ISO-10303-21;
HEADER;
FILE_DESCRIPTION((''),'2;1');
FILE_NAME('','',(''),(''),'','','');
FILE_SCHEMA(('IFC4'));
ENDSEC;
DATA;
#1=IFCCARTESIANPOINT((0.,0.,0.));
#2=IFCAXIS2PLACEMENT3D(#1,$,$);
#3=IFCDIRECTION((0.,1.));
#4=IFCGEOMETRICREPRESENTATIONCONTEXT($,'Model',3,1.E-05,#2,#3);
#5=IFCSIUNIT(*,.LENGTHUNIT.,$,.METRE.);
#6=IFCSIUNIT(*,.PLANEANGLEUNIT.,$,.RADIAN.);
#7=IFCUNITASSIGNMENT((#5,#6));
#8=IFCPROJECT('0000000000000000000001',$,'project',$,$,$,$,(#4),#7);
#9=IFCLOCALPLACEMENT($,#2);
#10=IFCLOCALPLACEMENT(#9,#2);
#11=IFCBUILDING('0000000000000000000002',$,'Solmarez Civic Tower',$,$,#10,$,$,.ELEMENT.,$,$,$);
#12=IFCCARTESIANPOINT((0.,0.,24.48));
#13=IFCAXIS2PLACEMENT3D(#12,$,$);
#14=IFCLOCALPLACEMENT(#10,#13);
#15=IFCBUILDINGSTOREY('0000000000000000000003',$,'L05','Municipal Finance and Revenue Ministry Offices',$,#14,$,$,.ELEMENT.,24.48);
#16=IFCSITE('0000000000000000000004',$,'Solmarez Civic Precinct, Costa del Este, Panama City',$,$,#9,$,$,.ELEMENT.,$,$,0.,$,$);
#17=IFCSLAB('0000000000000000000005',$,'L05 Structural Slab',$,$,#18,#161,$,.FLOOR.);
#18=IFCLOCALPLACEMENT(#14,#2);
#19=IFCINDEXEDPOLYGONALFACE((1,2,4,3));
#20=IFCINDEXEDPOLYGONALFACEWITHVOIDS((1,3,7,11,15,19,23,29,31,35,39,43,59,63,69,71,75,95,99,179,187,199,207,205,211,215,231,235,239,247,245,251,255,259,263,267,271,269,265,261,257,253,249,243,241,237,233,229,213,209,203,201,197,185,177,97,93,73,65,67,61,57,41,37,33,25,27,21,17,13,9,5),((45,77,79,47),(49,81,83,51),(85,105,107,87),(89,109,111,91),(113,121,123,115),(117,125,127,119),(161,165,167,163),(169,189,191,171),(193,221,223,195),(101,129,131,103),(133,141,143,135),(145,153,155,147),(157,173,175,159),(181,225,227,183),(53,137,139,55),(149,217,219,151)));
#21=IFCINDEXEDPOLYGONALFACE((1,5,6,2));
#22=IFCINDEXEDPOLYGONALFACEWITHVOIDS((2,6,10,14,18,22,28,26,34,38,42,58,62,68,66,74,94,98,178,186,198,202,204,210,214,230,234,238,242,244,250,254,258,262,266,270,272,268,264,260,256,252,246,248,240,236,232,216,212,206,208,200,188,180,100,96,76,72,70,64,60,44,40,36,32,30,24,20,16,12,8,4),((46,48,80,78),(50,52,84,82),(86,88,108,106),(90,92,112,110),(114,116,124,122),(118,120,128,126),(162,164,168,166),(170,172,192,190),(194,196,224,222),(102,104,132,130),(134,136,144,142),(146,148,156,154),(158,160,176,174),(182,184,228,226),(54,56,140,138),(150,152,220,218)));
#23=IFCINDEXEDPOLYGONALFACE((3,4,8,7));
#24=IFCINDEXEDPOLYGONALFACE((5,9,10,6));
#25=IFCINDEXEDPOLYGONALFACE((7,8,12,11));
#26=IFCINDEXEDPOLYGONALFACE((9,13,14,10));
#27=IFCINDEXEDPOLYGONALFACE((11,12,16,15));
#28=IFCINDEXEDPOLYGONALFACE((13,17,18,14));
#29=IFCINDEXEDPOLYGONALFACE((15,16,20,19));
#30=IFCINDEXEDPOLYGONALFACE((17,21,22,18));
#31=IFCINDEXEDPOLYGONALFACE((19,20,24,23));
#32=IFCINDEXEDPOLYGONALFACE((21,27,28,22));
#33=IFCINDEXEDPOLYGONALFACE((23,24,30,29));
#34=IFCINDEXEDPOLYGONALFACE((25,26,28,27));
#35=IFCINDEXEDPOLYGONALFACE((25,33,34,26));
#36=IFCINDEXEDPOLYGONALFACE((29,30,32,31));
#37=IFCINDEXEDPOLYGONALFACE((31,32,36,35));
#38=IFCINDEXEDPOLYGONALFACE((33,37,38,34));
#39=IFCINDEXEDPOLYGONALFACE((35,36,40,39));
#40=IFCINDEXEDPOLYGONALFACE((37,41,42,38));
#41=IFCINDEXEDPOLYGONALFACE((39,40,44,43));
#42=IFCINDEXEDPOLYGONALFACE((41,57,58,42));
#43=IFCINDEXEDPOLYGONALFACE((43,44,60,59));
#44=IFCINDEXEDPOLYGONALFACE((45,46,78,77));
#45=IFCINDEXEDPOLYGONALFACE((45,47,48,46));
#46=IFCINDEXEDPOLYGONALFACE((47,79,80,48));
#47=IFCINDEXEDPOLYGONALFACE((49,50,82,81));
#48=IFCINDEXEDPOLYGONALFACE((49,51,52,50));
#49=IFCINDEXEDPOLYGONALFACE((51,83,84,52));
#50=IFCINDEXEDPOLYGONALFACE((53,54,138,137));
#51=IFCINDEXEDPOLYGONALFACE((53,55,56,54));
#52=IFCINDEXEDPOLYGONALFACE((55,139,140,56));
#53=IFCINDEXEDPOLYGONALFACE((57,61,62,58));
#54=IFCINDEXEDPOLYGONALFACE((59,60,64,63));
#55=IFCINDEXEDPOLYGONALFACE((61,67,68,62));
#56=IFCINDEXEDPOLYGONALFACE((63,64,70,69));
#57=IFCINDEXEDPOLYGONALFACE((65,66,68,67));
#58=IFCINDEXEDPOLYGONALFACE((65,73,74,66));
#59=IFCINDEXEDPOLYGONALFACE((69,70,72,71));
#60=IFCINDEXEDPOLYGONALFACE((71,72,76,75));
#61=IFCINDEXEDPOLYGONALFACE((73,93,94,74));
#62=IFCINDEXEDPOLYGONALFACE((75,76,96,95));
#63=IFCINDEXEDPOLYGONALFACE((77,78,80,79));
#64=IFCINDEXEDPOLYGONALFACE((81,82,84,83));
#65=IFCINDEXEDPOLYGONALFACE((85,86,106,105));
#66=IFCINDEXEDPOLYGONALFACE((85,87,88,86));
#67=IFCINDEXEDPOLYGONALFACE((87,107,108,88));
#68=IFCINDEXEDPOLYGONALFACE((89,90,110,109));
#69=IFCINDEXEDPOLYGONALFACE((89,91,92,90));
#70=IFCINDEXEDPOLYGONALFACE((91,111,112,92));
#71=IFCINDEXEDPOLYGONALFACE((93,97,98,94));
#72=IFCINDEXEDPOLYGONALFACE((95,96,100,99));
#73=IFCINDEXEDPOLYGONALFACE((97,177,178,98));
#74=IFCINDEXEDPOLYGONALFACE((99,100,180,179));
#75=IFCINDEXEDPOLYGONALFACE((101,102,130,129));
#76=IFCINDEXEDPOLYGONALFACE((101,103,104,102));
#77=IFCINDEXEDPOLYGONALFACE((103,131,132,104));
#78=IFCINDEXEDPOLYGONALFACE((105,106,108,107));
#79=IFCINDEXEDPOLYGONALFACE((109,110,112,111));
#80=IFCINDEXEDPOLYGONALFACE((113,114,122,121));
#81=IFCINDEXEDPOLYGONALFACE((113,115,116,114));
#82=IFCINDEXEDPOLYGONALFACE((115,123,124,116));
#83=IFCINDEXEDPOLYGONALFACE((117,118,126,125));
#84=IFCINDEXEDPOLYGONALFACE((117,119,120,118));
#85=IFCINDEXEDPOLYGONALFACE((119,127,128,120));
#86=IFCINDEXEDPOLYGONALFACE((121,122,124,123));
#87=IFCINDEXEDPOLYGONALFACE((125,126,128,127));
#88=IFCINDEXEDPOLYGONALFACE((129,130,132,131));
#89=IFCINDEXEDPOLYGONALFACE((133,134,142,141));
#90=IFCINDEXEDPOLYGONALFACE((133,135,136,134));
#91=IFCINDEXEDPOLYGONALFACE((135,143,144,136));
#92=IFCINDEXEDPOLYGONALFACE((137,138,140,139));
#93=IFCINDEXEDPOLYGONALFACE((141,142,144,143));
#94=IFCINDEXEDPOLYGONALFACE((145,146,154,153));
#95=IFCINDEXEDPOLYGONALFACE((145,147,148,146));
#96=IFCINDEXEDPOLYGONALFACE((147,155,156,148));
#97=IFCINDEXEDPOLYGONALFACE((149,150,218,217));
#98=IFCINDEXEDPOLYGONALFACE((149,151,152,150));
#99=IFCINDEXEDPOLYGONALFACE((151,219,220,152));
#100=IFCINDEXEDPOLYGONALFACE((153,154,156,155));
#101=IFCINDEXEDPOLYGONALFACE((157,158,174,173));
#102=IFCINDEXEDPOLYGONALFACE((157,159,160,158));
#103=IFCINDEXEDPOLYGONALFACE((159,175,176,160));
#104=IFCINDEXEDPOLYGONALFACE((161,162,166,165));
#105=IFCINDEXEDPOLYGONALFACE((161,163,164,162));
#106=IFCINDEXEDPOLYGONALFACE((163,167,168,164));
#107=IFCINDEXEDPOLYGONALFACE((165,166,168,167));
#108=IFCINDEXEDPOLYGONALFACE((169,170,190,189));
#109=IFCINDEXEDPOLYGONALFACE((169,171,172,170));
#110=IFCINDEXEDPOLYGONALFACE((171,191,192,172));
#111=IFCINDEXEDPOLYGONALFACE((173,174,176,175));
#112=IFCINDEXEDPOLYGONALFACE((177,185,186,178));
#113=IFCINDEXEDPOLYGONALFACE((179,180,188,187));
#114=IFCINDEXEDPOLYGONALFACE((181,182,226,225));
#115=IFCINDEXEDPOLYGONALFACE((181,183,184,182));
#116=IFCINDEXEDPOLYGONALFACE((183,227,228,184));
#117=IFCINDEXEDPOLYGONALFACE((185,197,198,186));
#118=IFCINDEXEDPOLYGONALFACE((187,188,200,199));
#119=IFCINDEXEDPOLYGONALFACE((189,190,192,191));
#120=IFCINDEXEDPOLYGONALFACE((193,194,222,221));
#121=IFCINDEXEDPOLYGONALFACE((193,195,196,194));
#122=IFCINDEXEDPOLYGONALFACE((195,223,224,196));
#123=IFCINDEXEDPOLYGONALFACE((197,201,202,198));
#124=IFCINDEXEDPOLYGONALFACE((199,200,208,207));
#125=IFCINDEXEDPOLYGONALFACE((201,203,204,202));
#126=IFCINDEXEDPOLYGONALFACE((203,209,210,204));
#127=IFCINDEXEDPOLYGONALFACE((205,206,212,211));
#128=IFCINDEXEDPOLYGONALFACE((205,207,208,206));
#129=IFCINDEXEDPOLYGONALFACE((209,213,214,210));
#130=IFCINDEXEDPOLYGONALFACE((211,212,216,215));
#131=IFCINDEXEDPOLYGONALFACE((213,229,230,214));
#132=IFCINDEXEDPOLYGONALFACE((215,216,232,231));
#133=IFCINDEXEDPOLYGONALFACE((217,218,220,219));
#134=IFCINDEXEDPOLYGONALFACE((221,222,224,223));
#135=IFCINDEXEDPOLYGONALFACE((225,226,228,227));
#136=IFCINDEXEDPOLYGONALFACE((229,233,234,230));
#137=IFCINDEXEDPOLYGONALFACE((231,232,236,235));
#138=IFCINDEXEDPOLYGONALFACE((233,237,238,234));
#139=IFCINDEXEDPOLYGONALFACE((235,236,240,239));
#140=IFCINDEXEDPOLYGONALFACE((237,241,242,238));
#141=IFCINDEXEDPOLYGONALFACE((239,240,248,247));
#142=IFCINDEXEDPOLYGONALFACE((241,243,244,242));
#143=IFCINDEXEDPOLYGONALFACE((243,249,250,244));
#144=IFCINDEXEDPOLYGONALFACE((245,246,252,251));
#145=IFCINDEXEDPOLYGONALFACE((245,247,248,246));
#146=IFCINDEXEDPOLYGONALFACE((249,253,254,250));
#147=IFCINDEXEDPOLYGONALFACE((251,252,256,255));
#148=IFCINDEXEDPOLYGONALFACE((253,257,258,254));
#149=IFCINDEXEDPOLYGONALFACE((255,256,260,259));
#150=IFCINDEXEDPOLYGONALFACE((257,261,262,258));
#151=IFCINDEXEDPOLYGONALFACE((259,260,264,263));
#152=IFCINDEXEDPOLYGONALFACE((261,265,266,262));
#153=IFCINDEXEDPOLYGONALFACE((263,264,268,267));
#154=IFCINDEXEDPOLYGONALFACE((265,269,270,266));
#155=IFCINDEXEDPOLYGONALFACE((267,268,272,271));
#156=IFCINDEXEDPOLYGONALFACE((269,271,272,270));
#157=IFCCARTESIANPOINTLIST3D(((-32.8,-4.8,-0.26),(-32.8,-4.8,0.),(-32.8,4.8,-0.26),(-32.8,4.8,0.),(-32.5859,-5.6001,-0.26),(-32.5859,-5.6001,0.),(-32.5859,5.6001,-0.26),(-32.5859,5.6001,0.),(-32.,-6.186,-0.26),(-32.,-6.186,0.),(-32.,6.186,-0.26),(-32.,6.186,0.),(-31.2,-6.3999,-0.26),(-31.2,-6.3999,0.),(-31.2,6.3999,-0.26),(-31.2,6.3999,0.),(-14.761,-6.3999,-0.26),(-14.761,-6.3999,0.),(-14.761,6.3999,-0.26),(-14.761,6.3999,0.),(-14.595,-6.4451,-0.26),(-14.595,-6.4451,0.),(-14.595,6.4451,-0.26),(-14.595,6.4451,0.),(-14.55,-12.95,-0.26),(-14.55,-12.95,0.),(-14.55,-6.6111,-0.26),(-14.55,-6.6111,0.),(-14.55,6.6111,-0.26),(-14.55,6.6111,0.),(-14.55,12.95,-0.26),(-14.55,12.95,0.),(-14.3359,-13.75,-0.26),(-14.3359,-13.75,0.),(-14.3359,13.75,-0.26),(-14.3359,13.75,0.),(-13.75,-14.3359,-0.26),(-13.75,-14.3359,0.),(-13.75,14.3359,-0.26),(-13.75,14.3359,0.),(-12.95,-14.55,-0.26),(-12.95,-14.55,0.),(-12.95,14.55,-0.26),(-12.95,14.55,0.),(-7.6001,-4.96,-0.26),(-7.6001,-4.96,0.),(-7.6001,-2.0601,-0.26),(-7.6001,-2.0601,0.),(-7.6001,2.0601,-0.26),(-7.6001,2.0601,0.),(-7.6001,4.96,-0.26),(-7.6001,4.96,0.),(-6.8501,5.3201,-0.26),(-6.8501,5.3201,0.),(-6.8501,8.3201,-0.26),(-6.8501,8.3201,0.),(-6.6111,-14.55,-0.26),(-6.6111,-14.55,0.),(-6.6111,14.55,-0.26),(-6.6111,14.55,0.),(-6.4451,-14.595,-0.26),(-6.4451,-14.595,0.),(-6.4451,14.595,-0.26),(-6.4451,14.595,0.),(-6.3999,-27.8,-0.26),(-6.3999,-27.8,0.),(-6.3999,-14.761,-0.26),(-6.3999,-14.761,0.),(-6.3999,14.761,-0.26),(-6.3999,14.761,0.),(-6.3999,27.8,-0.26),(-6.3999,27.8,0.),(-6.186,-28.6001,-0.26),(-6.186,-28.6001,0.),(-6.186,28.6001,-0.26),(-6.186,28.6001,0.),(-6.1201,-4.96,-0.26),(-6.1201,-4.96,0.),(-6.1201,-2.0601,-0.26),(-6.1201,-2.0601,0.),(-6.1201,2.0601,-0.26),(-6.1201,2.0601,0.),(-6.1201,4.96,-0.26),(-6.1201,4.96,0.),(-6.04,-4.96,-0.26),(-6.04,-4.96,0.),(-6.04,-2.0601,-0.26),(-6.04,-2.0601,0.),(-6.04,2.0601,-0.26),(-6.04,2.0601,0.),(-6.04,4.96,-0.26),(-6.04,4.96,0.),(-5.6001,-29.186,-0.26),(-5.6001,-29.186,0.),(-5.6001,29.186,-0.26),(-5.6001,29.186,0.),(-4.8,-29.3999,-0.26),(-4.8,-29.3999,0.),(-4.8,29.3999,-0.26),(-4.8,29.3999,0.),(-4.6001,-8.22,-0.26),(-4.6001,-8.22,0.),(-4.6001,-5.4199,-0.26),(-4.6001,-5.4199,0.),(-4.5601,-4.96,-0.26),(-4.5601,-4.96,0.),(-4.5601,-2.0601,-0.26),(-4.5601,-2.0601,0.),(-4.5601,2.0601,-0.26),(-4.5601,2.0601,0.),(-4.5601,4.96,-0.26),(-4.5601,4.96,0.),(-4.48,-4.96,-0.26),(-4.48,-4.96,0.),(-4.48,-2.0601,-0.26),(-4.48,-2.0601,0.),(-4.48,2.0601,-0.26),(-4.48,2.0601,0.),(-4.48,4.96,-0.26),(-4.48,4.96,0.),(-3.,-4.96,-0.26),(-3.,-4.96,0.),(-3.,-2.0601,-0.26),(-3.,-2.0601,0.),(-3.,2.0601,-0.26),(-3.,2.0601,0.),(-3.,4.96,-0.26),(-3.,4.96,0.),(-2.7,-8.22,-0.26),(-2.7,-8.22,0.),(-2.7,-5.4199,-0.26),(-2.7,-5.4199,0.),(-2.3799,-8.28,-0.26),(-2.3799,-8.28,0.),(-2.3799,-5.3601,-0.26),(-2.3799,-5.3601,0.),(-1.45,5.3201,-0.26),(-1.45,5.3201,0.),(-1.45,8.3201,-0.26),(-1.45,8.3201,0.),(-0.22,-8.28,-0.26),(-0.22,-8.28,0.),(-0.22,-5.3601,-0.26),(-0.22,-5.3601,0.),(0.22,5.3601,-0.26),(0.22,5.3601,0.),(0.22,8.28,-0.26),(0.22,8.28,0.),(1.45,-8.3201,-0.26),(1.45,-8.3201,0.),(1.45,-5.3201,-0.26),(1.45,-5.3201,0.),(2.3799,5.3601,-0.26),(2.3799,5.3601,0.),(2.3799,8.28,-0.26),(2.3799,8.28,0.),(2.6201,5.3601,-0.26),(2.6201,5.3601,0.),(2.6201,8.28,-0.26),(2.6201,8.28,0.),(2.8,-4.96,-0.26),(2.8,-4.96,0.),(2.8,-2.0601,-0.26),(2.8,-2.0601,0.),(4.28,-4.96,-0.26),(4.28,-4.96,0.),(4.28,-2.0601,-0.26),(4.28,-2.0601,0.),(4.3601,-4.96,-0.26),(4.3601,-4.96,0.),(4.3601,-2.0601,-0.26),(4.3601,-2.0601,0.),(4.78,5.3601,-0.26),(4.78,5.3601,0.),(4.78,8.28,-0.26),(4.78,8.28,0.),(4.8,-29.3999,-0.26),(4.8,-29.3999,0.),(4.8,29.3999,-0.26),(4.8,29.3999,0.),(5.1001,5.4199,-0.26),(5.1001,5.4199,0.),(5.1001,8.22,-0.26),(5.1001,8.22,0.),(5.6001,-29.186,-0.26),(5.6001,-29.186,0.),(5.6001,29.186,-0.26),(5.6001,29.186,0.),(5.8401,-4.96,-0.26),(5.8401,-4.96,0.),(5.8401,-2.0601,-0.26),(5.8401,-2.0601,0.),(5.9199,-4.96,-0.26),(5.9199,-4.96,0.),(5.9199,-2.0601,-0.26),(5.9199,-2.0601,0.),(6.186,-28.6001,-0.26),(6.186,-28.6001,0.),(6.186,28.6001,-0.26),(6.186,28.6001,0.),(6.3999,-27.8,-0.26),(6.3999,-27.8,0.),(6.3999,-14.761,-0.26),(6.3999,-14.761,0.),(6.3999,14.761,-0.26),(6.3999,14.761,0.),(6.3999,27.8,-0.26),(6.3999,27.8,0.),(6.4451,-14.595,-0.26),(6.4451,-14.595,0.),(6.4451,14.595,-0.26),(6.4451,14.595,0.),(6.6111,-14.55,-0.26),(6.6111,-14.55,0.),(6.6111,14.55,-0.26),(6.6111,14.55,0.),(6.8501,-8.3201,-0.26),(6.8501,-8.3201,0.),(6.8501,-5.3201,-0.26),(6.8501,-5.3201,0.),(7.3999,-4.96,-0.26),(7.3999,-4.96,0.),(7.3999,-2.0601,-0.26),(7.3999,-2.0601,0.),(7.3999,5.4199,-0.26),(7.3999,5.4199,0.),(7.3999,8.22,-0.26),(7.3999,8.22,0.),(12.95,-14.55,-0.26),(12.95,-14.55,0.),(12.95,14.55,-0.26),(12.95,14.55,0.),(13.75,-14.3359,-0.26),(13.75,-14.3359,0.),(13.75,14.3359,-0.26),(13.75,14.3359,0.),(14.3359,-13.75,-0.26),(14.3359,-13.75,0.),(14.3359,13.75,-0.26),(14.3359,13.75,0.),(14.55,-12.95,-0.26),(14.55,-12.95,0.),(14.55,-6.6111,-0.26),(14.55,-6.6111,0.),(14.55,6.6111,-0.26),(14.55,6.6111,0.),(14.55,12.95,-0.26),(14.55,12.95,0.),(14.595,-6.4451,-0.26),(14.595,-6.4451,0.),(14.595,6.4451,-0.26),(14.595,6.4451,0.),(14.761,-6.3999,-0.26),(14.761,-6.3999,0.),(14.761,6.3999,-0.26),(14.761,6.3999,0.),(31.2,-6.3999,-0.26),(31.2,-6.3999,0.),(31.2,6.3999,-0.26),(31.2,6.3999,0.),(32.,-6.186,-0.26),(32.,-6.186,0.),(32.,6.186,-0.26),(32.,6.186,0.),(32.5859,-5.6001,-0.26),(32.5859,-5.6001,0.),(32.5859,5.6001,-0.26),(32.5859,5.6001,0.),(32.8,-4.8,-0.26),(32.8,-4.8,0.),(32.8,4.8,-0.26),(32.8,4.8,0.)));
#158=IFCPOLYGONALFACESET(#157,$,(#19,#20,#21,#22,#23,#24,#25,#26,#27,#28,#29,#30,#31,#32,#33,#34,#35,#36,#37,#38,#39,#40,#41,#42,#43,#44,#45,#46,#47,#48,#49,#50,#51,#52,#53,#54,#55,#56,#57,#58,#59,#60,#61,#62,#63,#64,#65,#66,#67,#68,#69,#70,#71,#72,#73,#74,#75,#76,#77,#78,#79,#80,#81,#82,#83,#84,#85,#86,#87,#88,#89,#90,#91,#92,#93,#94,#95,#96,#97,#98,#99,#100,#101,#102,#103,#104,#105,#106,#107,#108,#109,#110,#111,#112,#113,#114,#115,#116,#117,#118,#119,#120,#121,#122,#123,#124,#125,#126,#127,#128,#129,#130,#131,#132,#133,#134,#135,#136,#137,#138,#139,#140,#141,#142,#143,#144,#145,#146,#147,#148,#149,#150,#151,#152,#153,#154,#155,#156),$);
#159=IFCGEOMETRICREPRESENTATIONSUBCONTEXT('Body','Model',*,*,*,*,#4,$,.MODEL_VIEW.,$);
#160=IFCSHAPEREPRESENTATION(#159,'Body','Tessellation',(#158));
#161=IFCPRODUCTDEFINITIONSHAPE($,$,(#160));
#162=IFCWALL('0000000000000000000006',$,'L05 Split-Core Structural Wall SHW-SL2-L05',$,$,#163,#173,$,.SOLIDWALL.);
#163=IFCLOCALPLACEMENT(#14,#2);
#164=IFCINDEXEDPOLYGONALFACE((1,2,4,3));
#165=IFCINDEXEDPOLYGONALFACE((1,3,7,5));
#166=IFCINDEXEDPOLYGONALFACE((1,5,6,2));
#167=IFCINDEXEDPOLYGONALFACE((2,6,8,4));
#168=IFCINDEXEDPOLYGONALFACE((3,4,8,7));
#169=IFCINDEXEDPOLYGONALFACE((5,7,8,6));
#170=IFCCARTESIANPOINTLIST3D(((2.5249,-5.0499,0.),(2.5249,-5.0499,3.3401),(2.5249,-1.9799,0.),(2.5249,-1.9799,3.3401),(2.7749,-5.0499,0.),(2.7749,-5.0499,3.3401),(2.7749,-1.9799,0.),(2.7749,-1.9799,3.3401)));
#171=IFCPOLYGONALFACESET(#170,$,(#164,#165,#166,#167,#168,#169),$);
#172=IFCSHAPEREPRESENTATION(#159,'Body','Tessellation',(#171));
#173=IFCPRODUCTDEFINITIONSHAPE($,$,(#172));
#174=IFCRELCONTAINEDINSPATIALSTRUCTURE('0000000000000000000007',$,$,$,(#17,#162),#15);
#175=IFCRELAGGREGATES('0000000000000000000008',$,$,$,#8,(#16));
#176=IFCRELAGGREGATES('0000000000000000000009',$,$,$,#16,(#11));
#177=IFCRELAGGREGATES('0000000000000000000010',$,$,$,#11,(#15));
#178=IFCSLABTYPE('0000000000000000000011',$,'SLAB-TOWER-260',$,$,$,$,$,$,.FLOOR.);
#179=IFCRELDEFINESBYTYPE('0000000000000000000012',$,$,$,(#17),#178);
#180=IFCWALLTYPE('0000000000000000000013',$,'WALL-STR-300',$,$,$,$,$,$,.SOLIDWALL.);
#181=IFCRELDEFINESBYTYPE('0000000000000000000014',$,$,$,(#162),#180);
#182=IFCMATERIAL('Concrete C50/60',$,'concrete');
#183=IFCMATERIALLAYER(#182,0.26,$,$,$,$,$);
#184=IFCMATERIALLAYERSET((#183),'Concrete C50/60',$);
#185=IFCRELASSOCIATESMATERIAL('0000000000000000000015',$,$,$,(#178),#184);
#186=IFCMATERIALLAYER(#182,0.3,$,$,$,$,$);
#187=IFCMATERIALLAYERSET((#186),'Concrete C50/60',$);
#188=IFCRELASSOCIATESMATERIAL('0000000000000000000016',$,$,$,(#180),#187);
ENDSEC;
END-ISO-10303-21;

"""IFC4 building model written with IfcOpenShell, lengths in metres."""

from ifc_helpers import new_model, si_unit, direction, frame, frame_2d, origin, place, context, subcontext, project, spatial, polyline, rectangle, outline, extrude, material, layer, layer_set, type_object, element, save


model = new_model("IFC4")

# Units and contexts
model_context = context("Model", 3, precision=1e-05, world=origin(), true_north=direction((0.0, 1.0)))
body_context = subcontext(model_context, "Body", "Model", "MODEL_VIEW")
ifc_project = project(units=[si_unit("LENGTHUNIT", "METRE"), si_unit("PLANEANGLEUNIT", "RADIAN")], contexts=[model_context])

# Site, building, storey
site_placement = place(None, origin())
site = spatial("IfcSite", under=ifc_project, at=site_placement, Name="Solmarez Civic Precinct, Costa del Este, Panama City", CompositionType="ELEMENT", RefElevation=0.0)
building_placement = place(site_placement, origin())
building = spatial("IfcBuilding", under=site, at=building_placement, Name="Solmarez Civic Tower", CompositionType="ELEMENT")
storey_placement = place(building_placement, frame((0.0, 0.0, 24.48)))
storey = spatial("IfcBuildingStorey", under=building, at=storey_placement, Name="L05", Description="Municipal Finance and Revenue Ministry Offices", CompositionType="ELEMENT", Elevation=24.48)

# Shared definitions
ifc_material_1 = material(Name="Concrete C50/60", Category="concrete")

# Slab
ifc_layer_1 = layer(ifc_material_1, 0.26)
ifc_layer_set_1 = layer_set([ifc_layer_1], Name="Concrete C50/60")
slab_type_1 = type_object("IfcSlabType", Name="SLAB-TOWER-260", PredefinedType="FLOOR", material=ifc_layer_set_1)
slab_1_placement = place(storey_placement, frame((0.0, 0.0, -0.26)))
element("IfcSlab", 1, at=slab_1_placement, inside=storey, type_object=slab_type_1, Name="L05 Structural Slab", PredefinedType="FLOOR", context=body_context, shape_type="SweptSolid", body=[
    extrude(outline(polyline([(-14.55, -6.6111), (-14.55, -12.95), (-14.3359, -13.75), (-13.75, -14.3359), (-12.95, -14.55), (-6.6111, -14.55), (-6.4451, -14.595), (-6.3999, -14.761), (-6.3999, -27.8), (-6.186, -28.6001), (-5.6001, -29.186), (-4.8, -29.3999), (4.8, -29.3999), (5.6001, -29.186), (6.186, -28.6001), (6.3999, -27.8), (6.3999, -14.761), (6.4451, -14.595), (6.6111, -14.55), (12.95, -14.55), (13.75, -14.3359), (14.3359, -13.75), (14.55, -12.95), (14.55, -6.6111), (14.595, -6.4451), (14.761, -6.3999), (31.2, -6.3999), (32.0, -6.186), (32.5859, -5.6001), (32.8, -4.8), (32.8, 4.8), (32.5859, 5.6001), (32.0, 6.186), (31.2, 6.3999), (14.761, 6.3999), (14.595, 6.4451), (14.55, 6.6111), (14.55, 12.95), (14.3359, 13.75), (13.75, 14.3359), (12.95, 14.55), (6.6111, 14.55), (6.4451, 14.595), (6.3999, 14.761), (6.3999, 27.8), (6.186, 28.6001), (5.6001, 29.186), (4.8, 29.3999), (-4.8, 29.3999), (-5.6001, 29.186), (-6.186, 28.6001), (-6.3999, 27.8), (-6.3999, 14.761), (-6.4451, 14.595), (-6.6111, 14.55), (-12.95, 14.55), (-13.75, 14.3359), (-14.3359, 13.75), (-14.55, 12.95), (-14.55, 6.6111), (-14.595, 6.4451), (-14.761, 6.3999), (-31.2, 6.3999), (-32.0, 6.186), (-32.5859, 5.6001), (-32.8, 4.8), (-32.8, -4.8), (-32.5859, -5.6001), (-32.0, -6.186), (-31.2, -6.3999), (-14.761, -6.3999), (-14.595, -6.4451), (-14.55, -6.6111)]), holes=[polyline([(-1.45, 8.3201), (-6.8501, 8.3201), (-6.8501, 5.3201), (-1.45, 5.3201), (-1.45, 8.3201)]), polyline([(1.45, -8.3201), (6.8501, -8.3201), (6.8501, -5.3201), (1.45, -5.3201), (1.45, -8.3201)]), polyline([(0.22, 5.3601), (2.3799, 5.3601), (2.3799, 8.28), (0.22, 8.28), (0.22, 5.3601)]), polyline([(2.6201, 5.3601), (4.78, 5.3601), (4.78, 8.28), (2.6201, 8.28), (2.6201, 5.3601)]), polyline([(-2.3799, -8.28), (-0.22, -8.28), (-0.22, -5.3601), (-2.3799, -5.3601), (-2.3799, -8.28)]), polyline([(2.8, -4.96), (4.28, -4.96), (4.28, -2.0601), (2.8, -2.0601), (2.8, -4.96)]), polyline([(4.3601, -4.96), (5.8401, -4.96), (5.8401, -2.0601), (4.3601, -2.0601), (4.3601, -4.96)]), polyline([(5.9199, -4.96), (7.3999, -4.96), (7.3999, -2.0601), (5.9199, -2.0601), (5.9199, -4.96)]), polyline([(-7.6001, -4.96), (-6.1201, -4.96), (-6.1201, -2.0601), (-7.6001, -2.0601), (-7.6001, -4.96)]), polyline([(-6.04, -4.96), (-4.5601, -4.96), (-4.5601, -2.0601), (-6.04, -2.0601), (-6.04, -4.96)]), polyline([(-4.48, -4.96), (-3.0, -4.96), (-3.0, -2.0601), (-4.48, -2.0601), (-4.48, -4.96)]), polyline([(-7.6001, 2.0601), (-6.1201, 2.0601), (-6.1201, 4.96), (-7.6001, 4.96), (-7.6001, 2.0601)]), polyline([(-6.04, 2.0601), (-4.5601, 2.0601), (-4.5601, 4.96), (-6.04, 4.96), (-6.04, 2.0601)]), polyline([(-4.48, 2.0601), (-3.0, 2.0601), (-3.0, 4.96), (-4.48, 4.96), (-4.48, 2.0601)]), polyline([(5.1001, 5.4199), (7.3999, 5.4199), (7.3999, 8.22), (5.1001, 8.22), (5.1001, 5.4199)]), polyline([(-4.6001, -8.22), (-2.7, -8.22), (-2.7, -5.4199), (-4.6001, -5.4199), (-4.6001, -8.22)])]), origin(), (0.0, 0.0, 1.0), 0.26),
])

# Wall
ifc_layer_2 = layer(ifc_material_1, 0.3)
ifc_layer_set_2 = layer_set([ifc_layer_2], Name="Concrete C50/60")
wall_type = type_object("IfcWallType", Name="WALL-STR-300", PredefinedType="SOLIDWALL", material=ifc_layer_set_2)
wall_placement = place(storey_placement, frame((2.6499, -5.05, 0.0), z_axis=(0.0, 0.0, 1.0), x_axis=(0.0, 1.0, 0.0)))
element("IfcWall", 2, at=wall_placement, inside=storey, type_object=wall_type, Name="L05 Split-Core Structural Wall SHW-SL2-L05", PredefinedType="SOLIDWALL", context=body_context, shape_type="SweptSolid", body=[
    extrude(rectangle(XDim=3.0701, YDim=0.25, at=frame_2d((1.5352, 0.0))), origin(), (0.0, 0.0, 1.0), 3.3401),
])

save(model, "model.ifc")
